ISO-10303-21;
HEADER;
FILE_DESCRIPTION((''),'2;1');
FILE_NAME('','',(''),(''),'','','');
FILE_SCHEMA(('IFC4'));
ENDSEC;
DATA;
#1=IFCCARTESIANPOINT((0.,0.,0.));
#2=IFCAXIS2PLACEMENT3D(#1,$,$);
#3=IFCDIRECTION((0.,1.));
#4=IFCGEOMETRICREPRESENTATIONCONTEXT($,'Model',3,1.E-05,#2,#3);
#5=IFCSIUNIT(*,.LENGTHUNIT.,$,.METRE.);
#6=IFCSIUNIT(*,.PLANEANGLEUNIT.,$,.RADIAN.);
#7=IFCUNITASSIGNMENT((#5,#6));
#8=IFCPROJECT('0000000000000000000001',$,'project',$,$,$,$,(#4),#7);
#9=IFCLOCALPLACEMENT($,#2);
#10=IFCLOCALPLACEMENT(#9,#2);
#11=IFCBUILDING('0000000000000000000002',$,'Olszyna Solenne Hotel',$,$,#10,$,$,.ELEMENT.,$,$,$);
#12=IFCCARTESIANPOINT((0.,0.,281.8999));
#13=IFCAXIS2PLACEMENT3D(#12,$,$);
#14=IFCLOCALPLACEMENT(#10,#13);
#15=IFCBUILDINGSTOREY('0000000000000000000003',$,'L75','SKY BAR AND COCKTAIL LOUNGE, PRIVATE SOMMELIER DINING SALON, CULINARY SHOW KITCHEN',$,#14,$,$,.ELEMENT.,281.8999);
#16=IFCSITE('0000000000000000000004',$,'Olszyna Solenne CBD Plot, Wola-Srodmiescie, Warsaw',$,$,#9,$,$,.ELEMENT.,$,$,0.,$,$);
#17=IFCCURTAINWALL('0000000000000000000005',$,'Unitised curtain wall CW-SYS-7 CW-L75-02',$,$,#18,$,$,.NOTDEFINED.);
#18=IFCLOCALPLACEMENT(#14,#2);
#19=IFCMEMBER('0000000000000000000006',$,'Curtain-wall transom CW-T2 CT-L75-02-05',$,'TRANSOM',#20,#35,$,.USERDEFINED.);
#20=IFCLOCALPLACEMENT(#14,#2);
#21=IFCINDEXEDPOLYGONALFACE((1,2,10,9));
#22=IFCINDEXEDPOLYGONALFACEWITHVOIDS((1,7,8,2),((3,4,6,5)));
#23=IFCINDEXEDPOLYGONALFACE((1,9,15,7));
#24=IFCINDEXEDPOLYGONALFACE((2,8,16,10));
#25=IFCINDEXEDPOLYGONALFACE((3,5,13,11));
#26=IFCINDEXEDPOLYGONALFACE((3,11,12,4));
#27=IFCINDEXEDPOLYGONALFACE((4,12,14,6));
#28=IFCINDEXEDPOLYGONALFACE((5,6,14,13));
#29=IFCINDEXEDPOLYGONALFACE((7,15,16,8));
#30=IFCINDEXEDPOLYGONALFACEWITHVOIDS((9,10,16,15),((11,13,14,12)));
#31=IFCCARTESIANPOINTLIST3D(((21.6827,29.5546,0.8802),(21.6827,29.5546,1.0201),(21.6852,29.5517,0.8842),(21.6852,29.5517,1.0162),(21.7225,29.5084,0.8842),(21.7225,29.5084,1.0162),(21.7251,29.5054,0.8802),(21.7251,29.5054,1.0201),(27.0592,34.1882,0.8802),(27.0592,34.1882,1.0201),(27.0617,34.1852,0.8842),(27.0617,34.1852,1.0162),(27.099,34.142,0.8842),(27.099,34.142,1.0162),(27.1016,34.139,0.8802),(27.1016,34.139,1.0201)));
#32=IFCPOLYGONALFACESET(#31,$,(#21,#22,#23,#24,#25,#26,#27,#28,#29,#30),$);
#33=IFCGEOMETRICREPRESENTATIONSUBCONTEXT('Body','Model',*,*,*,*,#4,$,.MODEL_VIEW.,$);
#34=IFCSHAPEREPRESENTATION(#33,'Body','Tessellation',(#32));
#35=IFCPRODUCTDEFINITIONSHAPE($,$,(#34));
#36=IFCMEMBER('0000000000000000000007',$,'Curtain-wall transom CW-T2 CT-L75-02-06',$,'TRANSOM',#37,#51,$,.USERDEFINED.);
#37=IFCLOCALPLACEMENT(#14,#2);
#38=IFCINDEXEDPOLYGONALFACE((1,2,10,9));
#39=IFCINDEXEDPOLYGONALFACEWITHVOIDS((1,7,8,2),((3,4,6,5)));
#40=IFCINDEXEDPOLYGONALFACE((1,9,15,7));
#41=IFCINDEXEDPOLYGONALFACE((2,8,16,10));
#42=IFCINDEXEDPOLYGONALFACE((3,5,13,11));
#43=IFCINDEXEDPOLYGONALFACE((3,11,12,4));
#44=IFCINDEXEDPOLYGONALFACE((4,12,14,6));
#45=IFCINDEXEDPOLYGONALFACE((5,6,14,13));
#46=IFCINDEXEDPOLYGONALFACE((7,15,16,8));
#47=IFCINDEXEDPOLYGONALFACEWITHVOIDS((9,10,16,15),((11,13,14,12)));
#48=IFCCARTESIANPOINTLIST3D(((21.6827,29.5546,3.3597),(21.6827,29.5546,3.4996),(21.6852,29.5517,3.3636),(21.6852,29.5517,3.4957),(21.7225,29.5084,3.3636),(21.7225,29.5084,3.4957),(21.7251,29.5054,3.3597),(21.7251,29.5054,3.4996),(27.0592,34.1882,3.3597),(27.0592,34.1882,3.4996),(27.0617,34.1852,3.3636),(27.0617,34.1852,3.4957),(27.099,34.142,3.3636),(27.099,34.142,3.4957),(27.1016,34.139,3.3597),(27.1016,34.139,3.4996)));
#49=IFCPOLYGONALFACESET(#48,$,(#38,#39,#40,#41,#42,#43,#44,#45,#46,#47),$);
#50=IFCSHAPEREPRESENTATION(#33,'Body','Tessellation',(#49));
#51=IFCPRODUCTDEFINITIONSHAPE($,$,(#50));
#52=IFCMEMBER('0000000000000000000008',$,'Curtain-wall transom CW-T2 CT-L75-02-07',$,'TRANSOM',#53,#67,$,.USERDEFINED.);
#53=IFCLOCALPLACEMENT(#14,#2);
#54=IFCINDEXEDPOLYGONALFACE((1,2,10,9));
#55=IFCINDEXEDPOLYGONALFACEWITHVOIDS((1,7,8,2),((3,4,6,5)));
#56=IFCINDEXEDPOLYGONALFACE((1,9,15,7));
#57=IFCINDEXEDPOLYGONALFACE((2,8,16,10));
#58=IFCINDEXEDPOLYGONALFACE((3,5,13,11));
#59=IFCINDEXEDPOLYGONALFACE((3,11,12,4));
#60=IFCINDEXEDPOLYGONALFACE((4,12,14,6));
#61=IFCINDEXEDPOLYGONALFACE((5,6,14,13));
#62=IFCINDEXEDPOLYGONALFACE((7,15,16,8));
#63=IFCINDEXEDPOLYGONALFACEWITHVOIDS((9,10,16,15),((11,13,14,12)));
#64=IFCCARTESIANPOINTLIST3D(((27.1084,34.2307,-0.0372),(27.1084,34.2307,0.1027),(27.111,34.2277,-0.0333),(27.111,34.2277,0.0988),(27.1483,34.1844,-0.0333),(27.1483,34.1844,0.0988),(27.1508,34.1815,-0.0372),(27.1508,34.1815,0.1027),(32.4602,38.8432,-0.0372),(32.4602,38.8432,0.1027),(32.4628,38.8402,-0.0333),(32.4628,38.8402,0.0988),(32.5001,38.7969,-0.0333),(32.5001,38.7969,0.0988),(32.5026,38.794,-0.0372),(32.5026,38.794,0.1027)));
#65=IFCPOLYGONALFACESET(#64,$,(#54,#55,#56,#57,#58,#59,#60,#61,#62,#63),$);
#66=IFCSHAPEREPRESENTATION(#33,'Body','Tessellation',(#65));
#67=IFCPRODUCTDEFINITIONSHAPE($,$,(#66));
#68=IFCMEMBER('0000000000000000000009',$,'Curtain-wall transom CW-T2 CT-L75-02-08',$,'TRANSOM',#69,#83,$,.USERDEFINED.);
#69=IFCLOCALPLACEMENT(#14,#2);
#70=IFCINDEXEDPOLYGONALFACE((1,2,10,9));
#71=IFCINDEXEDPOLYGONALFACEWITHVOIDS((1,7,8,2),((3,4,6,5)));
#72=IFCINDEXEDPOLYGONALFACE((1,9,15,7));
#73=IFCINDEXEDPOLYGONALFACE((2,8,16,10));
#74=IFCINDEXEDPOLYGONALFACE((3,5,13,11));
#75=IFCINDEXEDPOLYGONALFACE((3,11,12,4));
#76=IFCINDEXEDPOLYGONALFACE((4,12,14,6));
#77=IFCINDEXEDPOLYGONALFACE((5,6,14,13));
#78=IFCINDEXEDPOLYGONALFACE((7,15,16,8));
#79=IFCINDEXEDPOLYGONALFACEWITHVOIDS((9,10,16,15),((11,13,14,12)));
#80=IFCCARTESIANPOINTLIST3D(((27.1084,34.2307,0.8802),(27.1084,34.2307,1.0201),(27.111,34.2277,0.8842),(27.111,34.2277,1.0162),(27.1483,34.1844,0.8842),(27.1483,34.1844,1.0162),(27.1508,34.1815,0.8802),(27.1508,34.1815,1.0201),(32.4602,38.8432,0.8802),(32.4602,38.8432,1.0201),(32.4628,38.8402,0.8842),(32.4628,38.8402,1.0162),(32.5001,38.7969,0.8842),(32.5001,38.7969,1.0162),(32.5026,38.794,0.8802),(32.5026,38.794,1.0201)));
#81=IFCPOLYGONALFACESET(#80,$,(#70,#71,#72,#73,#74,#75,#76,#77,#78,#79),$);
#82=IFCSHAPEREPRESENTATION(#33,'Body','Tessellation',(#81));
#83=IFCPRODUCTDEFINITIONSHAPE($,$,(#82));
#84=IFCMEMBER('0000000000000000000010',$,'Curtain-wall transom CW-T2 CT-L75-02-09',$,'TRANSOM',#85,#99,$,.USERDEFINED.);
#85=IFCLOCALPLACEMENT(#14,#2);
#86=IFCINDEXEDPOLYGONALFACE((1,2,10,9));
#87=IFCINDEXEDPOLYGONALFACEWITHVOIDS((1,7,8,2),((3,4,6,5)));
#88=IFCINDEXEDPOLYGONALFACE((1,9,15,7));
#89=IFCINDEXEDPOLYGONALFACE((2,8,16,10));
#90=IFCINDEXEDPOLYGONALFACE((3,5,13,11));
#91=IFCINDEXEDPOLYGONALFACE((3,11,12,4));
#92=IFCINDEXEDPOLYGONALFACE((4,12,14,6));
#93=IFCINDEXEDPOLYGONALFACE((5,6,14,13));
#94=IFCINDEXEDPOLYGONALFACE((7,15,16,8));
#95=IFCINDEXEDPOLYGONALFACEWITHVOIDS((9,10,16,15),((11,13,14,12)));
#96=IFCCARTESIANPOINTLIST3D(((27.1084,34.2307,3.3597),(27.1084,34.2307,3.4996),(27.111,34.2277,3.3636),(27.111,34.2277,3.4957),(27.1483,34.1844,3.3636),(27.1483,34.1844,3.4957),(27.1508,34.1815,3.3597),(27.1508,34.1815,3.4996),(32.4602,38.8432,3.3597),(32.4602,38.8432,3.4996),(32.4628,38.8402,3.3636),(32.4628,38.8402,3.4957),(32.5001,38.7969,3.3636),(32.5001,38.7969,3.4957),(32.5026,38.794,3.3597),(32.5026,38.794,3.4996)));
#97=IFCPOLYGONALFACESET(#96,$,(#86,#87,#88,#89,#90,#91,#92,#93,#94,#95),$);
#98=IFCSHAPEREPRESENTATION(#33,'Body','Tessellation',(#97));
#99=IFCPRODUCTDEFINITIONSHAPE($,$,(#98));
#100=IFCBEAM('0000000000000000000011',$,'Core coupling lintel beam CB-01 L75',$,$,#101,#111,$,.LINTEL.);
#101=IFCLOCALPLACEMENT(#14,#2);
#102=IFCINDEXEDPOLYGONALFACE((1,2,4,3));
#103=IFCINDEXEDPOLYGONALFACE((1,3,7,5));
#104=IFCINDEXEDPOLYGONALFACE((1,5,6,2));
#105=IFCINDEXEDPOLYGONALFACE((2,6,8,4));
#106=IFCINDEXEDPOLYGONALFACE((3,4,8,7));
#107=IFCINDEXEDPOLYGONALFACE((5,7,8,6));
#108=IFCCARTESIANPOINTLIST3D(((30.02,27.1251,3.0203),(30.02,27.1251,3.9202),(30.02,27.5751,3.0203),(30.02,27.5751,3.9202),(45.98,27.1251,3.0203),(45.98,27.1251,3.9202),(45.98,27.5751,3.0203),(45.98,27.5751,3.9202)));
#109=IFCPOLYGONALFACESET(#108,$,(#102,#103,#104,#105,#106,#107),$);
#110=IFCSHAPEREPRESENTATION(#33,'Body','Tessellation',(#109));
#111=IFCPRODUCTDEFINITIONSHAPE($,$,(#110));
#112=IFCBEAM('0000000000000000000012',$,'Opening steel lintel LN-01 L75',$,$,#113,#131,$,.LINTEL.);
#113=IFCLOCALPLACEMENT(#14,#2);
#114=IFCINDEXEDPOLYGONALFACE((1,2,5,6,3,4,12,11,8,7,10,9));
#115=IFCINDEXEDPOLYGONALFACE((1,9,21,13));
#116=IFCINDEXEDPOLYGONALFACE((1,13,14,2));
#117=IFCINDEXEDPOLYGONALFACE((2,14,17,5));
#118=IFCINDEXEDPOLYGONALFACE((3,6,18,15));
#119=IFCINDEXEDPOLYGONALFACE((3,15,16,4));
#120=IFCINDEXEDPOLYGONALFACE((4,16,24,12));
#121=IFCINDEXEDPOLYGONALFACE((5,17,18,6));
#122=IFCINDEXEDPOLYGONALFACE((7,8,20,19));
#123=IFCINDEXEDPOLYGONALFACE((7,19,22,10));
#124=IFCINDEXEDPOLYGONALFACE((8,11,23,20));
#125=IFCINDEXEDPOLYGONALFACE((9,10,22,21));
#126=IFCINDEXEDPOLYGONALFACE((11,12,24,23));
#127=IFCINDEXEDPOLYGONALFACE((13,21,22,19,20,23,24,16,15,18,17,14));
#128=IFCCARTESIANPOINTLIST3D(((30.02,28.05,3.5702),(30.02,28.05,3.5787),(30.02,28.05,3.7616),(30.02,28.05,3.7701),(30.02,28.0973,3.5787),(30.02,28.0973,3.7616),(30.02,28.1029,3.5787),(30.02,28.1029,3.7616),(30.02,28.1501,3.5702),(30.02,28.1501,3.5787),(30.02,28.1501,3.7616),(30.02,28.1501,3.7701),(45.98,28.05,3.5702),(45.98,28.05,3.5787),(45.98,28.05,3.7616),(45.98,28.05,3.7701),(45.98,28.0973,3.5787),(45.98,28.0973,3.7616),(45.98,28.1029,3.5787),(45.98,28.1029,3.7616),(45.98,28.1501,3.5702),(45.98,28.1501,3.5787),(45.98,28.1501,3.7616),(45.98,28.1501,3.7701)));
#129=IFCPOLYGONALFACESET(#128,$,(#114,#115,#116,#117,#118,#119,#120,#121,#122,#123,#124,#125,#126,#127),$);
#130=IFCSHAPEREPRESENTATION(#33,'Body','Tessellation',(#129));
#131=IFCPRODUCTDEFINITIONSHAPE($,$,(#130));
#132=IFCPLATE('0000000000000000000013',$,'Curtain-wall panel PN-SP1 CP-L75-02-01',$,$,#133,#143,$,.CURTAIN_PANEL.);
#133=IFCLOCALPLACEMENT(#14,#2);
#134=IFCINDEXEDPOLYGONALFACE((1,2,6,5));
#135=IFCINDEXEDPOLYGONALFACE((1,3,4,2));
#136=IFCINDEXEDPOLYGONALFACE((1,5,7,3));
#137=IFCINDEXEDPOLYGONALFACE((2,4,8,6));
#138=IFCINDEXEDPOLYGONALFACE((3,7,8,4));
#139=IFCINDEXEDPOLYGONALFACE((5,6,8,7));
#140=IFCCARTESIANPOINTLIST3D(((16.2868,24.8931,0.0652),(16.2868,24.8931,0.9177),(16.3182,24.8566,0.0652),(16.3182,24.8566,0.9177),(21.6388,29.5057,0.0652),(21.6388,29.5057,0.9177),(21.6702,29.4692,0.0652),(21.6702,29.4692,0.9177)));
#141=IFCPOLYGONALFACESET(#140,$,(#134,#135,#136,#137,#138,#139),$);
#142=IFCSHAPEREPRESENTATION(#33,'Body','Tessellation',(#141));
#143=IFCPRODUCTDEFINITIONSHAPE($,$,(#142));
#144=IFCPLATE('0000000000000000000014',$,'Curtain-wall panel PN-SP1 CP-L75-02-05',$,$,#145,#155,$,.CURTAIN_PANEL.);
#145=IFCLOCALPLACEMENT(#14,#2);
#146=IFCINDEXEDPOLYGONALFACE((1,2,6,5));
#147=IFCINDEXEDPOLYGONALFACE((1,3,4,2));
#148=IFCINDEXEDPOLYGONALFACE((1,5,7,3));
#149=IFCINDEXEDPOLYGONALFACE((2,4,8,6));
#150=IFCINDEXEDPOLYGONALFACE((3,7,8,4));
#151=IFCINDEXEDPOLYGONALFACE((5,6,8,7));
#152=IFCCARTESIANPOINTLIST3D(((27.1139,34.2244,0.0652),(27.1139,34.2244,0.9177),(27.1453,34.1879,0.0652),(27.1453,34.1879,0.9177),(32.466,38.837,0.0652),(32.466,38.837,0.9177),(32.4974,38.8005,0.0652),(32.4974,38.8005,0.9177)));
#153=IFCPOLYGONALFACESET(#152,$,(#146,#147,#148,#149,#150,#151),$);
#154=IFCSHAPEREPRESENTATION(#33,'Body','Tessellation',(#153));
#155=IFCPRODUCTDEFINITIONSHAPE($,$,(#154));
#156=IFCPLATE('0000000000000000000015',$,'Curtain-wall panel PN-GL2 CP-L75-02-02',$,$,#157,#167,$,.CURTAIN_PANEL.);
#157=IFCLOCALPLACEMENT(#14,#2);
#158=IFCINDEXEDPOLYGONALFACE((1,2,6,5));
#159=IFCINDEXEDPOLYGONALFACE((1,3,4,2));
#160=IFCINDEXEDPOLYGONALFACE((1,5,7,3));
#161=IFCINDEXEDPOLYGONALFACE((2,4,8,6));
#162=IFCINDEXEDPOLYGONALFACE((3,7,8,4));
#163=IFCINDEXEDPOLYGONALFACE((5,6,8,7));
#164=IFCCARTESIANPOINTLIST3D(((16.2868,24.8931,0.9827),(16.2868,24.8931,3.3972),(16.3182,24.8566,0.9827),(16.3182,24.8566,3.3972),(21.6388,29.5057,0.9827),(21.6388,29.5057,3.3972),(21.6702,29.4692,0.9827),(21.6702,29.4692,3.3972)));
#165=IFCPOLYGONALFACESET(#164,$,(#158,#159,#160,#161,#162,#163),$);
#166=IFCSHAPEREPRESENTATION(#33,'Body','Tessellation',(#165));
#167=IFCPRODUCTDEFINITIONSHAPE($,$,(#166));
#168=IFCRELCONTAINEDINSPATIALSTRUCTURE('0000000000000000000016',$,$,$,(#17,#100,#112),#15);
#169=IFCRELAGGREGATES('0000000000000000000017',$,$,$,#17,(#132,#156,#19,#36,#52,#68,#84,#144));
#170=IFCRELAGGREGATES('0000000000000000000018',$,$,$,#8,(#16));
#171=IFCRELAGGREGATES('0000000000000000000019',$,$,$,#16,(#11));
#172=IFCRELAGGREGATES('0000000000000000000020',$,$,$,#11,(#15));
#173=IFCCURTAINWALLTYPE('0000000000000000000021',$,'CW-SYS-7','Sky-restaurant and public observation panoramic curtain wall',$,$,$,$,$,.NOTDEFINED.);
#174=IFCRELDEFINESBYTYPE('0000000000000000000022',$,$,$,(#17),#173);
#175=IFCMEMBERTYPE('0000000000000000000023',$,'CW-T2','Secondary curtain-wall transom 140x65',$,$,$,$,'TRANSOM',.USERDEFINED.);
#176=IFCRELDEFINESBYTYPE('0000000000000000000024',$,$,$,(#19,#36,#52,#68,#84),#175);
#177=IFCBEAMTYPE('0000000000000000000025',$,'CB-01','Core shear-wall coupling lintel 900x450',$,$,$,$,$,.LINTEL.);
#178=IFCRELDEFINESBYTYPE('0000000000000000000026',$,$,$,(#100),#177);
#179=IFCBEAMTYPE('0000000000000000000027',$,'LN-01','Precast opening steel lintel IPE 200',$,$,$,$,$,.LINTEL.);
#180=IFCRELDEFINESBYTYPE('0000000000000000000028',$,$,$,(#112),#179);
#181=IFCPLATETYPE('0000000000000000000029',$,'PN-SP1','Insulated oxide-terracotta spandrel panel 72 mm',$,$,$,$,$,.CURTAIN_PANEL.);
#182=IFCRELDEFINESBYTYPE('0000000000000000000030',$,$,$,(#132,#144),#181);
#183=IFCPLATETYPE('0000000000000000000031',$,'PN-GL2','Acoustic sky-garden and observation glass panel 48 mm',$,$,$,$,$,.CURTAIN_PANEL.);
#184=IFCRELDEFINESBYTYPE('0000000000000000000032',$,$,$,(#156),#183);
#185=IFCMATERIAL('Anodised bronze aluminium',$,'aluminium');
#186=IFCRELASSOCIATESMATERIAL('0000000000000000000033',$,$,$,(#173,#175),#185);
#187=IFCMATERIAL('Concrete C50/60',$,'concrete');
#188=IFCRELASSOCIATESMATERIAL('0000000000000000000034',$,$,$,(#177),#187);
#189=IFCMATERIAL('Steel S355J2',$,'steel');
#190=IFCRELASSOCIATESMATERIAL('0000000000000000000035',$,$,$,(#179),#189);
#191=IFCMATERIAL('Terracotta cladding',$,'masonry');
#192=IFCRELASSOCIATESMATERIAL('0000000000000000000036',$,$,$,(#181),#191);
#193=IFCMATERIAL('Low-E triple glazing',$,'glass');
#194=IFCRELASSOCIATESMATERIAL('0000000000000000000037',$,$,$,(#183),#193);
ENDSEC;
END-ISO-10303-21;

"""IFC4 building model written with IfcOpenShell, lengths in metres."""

from ifc_helpers import new_model, si_unit, direction, frame, origin, origin_2d, place, context, subcontext, project, spatial, rectangle, hollow_rectangle, i_section, extrude, source, transform, mapped, material, material_profile, profile_set, type_object, element, aggregate, save


model = new_model("IFC4")

# Units and contexts
model_context = context("Model", 3, precision=1e-05, world=origin(), true_north=direction((0.0, 1.0)))
body_context = subcontext(model_context, "Body", "Model", "MODEL_VIEW")
ifc_project = project(units=[si_unit("LENGTHUNIT", "METRE"), si_unit("PLANEANGLEUNIT", "RADIAN")], contexts=[model_context])

# Site, building, storey
site_placement = place(None, origin())
site = spatial("IfcSite", under=ifc_project, at=site_placement, Name="Olszyna Solenne CBD Plot, Wola-Srodmiescie, Warsaw", CompositionType="ELEMENT", RefElevation=0.0)
building_placement = place(site_placement, origin())
building = spatial("IfcBuilding", under=site, at=building_placement, Name="Olszyna Solenne Hotel", CompositionType="ELEMENT")
storey_placement = place(building_placement, frame((0.0, 0.0, 281.8999)))
storey = spatial("IfcBuildingStorey", under=building, at=storey_placement, Name="L75", Description="SKY BAR AND COCKTAIL LOUNGE, PRIVATE SOMMELIER DINING SALON, CULINARY SHOW KITCHEN", CompositionType="ELEMENT", Elevation=281.8999)

# Shared definitions
ifc_material_1 = material(Name="Steel S355J2", Category="steel")

# Curtain wall, members
ifc_material_2 = material(Name="Anodised bronze aluminium", Category="aluminium")
curtain_wall_type = type_object("IfcCurtainWallType", Name="CW-SYS-7", Description="Sky-restaurant and public observation panoramic curtain wall", PredefinedType="NOTDEFINED", material=ifc_material_2)
curtain_wall_placement = place(storey_placement, origin())
curtain_wall = element("IfcCurtainWall", 1, at=curtain_wall_placement, inside=storey, type_object=curtain_wall_type, Name="Unitised curtain wall CW-SYS-7 CW-L75-02", PredefinedType="NOTDEFINED")
ifc_material_profile_1 = material_profile(ifc_material_2, hollow_rectangle(XDim=0.0649, YDim=0.1399, WallThickness=0.0039, at=origin_2d()), Name="TRAN 140x65x4", Category="load-bearing")
ifc_profile_set_1 = profile_set([ifc_material_profile_1], Name="Anodised bronze aluminium")
member_type_1 = type_object("IfcMemberType", Name="CW-T2", Description="Secondary curtain-wall transom 140x65", ElementType="TRANSOM", PredefinedType="USERDEFINED", material=ifc_profile_set_1)
shared_shape_1 = source(origin(), body_context, "Body", "SweptSolid", [
    extrude(hollow_rectangle(XDim=0.0649, YDim=0.1399, WallThickness=0.0039, at=origin_2d()), origin(), (0.0, 0.0, 1.0), 7.0977),
])
member_1_placement = place(storey_placement, frame((21.7039, 29.53, 0.9502), z_axis=(0.757503, 0.652831, 0.0), x_axis=(-0.652831, 0.757503, 0.0)))
member_1 = element("IfcMember", 2, at=member_1_placement, type_object=member_type_1, Name="Curtain-wall transom CW-T2 CT-L75-02-05", ObjectType="TRANSOM", PredefinedType="USERDEFINED", context=body_context, shape_type="MappedRepresentation", body=[
    mapped(shared_shape_1, transform((0.0, 0.0, 0.0), x_axis=(1.0, 0.0, 0.0), y_axis=(0.0, 1.0, 0.0), z_axis=(0.0, 0.0, 1.0), scale=1.0)),
])
member_2_placement = place(storey_placement, frame((21.7039, 29.53, 3.4297), z_axis=(0.757503, 0.652831, 0.0), x_axis=(-0.652831, 0.757503, 0.0)))
member_2 = element("IfcMember", 3, at=member_2_placement, type_object=member_type_1, Name="Curtain-wall transom CW-T2 CT-L75-02-06", ObjectType="TRANSOM", PredefinedType="USERDEFINED", context=body_context, shape_type="MappedRepresentation", body=[
    mapped(shared_shape_1, transform((0.0, 0.0, 0.0), x_axis=(1.0, 0.0, 0.0), y_axis=(0.0, 1.0, 0.0), z_axis=(0.0, 0.0, 1.0), scale=1.0)),
])
shared_shape_2 = source(origin(), body_context, "Body", "SweptSolid", [
    extrude(hollow_rectangle(XDim=0.0649, YDim=0.1399, WallThickness=0.0039, at=origin_2d()), origin(), (0.0, 0.0, 1.0), 7.0652),
])
member_3_placement = place(storey_placement, frame((27.1296, 34.2061, 0.0327), z_axis=(0.757485, 0.652852, 0.0), x_axis=(-0.652852, 0.757485, 0.0)))
member_3 = element("IfcMember", 4, at=member_3_placement, type_object=member_type_1, Name="Curtain-wall transom CW-T2 CT-L75-02-07", ObjectType="TRANSOM", PredefinedType="USERDEFINED", context=body_context, shape_type="MappedRepresentation", body=[
    mapped(shared_shape_2, transform((0.0, 0.0, 0.0), x_axis=(1.0, 0.0, 0.0), y_axis=(0.0, 1.0, 0.0), z_axis=(0.0, 0.0, 1.0), scale=1.0)),
])
member_4_placement = place(storey_placement, frame((27.1296, 34.2061, 0.9502), z_axis=(0.757485, 0.652852, 0.0), x_axis=(-0.652852, 0.757485, 0.0)))
member_4 = element("IfcMember", 5, at=member_4_placement, type_object=member_type_1, Name="Curtain-wall transom CW-T2 CT-L75-02-08", ObjectType="TRANSOM", PredefinedType="USERDEFINED", context=body_context, shape_type="MappedRepresentation", body=[
    mapped(shared_shape_2, transform((0.0, 0.0, 0.0), x_axis=(1.0, 0.0, 0.0), y_axis=(0.0, 1.0, 0.0), z_axis=(0.0, 0.0, 1.0), scale=1.0)),
])
member_5_placement = place(storey_placement, frame((27.1296, 34.2061, 3.4297), z_axis=(0.757485, 0.652852, 0.0), x_axis=(-0.652852, 0.757485, 0.0)))
member_5 = element("IfcMember", 6, at=member_5_placement, type_object=member_type_1, Name="Curtain-wall transom CW-T2 CT-L75-02-09", ObjectType="TRANSOM", PredefinedType="USERDEFINED", context=body_context, shape_type="MappedRepresentation", body=[
    mapped(shared_shape_2, transform((0.0, 0.0, 0.0), x_axis=(1.0, 0.0, 0.0), y_axis=(0.0, 1.0, 0.0), z_axis=(0.0, 0.0, 1.0), scale=1.0)),
])

# Beams
ifc_material_3 = material(Name="Concrete C50/60", Category="concrete")
ifc_material_profile_2 = material_profile(ifc_material_3, rectangle(XDim=0.45, YDim=0.8999, at=origin_2d()), Name="RC 900x450", Category="load-bearing")
ifc_profile_set_2 = profile_set([ifc_material_profile_2], Name="Concrete C50/60")
beam_type_1 = type_object("IfcBeamType", Name="CB-01", Description="Core shear-wall coupling lintel 900x450", PredefinedType="LINTEL", material=ifc_profile_set_2)
shared_shape_3 = source(origin(), body_context, "Body", "SweptSolid", [
    extrude(rectangle(XDim=0.45, YDim=0.8999, at=origin_2d()), origin(), (0.0, 0.0, 1.0), 15.96),
])
beam_1_placement = place(storey_placement, frame((30.02, 27.3501, 3.4702), z_axis=(1.0, 0.0, 0.0), x_axis=(0.0, 1.0, 0.0)))
element("IfcBeam", 7, at=beam_1_placement, inside=storey, type_object=beam_type_1, Name="Core coupling lintel beam CB-01 L75", PredefinedType="LINTEL", context=body_context, shape_type="MappedRepresentation", body=[
    mapped(shared_shape_3, transform((0.0, 0.0, 0.0), x_axis=(1.0, 0.0, 0.0), y_axis=(0.0, 1.0, 0.0), z_axis=(0.0, 0.0, 1.0), scale=1.0)),
])
ifc_material_profile_3 = material_profile(ifc_material_1, i_section(OverallWidth=0.1001, OverallDepth=0.2, WebThickness=0.0056, FlangeThickness=0.0085, at=origin_2d()), Name="IPE 200", Category="load-bearing")
ifc_profile_set_3 = profile_set([ifc_material_profile_3], Name="Steel S355J2")
beam_type_2 = type_object("IfcBeamType", Name="LN-01", Description="Precast opening steel lintel IPE 200", PredefinedType="LINTEL", material=ifc_profile_set_3)
shared_shape_4 = source(origin(), body_context, "Body", "SweptSolid", [
    extrude(i_section(OverallWidth=0.1001, OverallDepth=0.2, WebThickness=0.0056, FlangeThickness=0.0085, at=origin_2d()), origin(), (0.0, 0.0, 1.0), 15.96),
])
beam_2_placement = place(storey_placement, frame((30.02, 28.1001, 3.6702), z_axis=(1.0, 0.0, 0.0), x_axis=(0.0, 1.0, 0.0)))
element("IfcBeam", 8, at=beam_2_placement, inside=storey, type_object=beam_type_2, Name="Opening steel lintel LN-01 L75", PredefinedType="LINTEL", context=body_context, shape_type="MappedRepresentation", body=[
    mapped(shared_shape_4, transform((0.0, 0.0, 0.0), x_axis=(1.0, 0.0, 0.0), y_axis=(0.0, 1.0, 0.0), z_axis=(0.0, 0.0, 1.0), scale=1.0)),
])

# Plates
ifc_material_4 = material(Name="Terracotta cladding", Category="masonry")
plate_type_1 = type_object("IfcPlateType", Name="PN-SP1", Description="Insulated oxide-terracotta spandrel panel 72 mm", PredefinedType="CURTAIN_PANEL", material=ifc_material_4)
shared_shape_5 = source(origin(), body_context, "Body", "SweptSolid", [
    extrude(rectangle(XDim=7.0654, YDim=0.0481, at=origin_2d()), origin(), (0.0, 0.0, 1.0), 0.8525),
])
plate_1_placement = place(storey_placement, frame((18.9785, 27.1812, 0.0652), z_axis=(0.0, 0.0, 1.0), x_axis=(0.757496, 0.65284, 0.0)))
plate_1 = element("IfcPlate", 9, at=plate_1_placement, type_object=plate_type_1, Name="Curtain-wall panel PN-SP1 CP-L75-02-01", PredefinedType="CURTAIN_PANEL", context=body_context, shape_type="MappedRepresentation", body=[
    mapped(shared_shape_5, transform((0.0, 0.0, 0.0), x_axis=(1.0, 0.0, 0.0), y_axis=(0.0, 1.0, 0.0), z_axis=(0.0, 0.0, 1.0), scale=1.0)),
])
plate_2_placement = place(storey_placement, frame((29.8057, 36.5125, 0.0652), z_axis=(0.0, 0.0, 1.0), x_axis=(0.757496, 0.65284, 0.0)))
plate_2 = element("IfcPlate", 10, at=plate_2_placement, type_object=plate_type_1, Name="Curtain-wall panel PN-SP1 CP-L75-02-05", PredefinedType="CURTAIN_PANEL", context=body_context, shape_type="MappedRepresentation", body=[
    mapped(shared_shape_5, transform((0.0, 0.0, 0.0), x_axis=(1.0, 0.0, 0.0), y_axis=(0.0, 1.0, 0.0), z_axis=(0.0, 0.0, 1.0), scale=1.0)),
])
ifc_material_5 = material(Name="Low-E triple glazing", Category="glass")
plate_type_2 = type_object("IfcPlateType", Name="PN-GL2", Description="Acoustic sky-garden and observation glass panel 48 mm", PredefinedType="CURTAIN_PANEL", material=ifc_material_5)
shared_shape_6 = source(origin(), body_context, "Body", "SweptSolid", [
    extrude(rectangle(XDim=7.0654, YDim=0.0481, at=origin_2d()), origin(), (0.0, 0.0, 1.0), 2.4146),
])
plate_3_placement = place(storey_placement, frame((18.9785, 27.1812, 0.9827), z_axis=(0.0, 0.0, 1.0), x_axis=(0.757496, 0.65284, 0.0)))
plate_3 = element("IfcPlate", 11, at=plate_3_placement, type_object=plate_type_2, Name="Curtain-wall panel PN-GL2 CP-L75-02-02", PredefinedType="CURTAIN_PANEL", context=body_context, shape_type="MappedRepresentation", body=[
    mapped(shared_shape_6, transform((0.0, 0.0, 0.0), x_axis=(1.0, 0.0, 0.0), y_axis=(0.0, 1.0, 0.0), z_axis=(0.0, 0.0, 1.0), scale=1.0)),
])
aggregate(curtain_wall, [plate_1, plate_3, member_1, member_2, member_3, member_4, member_5, plate_2])

save(model, "model.ifc")
